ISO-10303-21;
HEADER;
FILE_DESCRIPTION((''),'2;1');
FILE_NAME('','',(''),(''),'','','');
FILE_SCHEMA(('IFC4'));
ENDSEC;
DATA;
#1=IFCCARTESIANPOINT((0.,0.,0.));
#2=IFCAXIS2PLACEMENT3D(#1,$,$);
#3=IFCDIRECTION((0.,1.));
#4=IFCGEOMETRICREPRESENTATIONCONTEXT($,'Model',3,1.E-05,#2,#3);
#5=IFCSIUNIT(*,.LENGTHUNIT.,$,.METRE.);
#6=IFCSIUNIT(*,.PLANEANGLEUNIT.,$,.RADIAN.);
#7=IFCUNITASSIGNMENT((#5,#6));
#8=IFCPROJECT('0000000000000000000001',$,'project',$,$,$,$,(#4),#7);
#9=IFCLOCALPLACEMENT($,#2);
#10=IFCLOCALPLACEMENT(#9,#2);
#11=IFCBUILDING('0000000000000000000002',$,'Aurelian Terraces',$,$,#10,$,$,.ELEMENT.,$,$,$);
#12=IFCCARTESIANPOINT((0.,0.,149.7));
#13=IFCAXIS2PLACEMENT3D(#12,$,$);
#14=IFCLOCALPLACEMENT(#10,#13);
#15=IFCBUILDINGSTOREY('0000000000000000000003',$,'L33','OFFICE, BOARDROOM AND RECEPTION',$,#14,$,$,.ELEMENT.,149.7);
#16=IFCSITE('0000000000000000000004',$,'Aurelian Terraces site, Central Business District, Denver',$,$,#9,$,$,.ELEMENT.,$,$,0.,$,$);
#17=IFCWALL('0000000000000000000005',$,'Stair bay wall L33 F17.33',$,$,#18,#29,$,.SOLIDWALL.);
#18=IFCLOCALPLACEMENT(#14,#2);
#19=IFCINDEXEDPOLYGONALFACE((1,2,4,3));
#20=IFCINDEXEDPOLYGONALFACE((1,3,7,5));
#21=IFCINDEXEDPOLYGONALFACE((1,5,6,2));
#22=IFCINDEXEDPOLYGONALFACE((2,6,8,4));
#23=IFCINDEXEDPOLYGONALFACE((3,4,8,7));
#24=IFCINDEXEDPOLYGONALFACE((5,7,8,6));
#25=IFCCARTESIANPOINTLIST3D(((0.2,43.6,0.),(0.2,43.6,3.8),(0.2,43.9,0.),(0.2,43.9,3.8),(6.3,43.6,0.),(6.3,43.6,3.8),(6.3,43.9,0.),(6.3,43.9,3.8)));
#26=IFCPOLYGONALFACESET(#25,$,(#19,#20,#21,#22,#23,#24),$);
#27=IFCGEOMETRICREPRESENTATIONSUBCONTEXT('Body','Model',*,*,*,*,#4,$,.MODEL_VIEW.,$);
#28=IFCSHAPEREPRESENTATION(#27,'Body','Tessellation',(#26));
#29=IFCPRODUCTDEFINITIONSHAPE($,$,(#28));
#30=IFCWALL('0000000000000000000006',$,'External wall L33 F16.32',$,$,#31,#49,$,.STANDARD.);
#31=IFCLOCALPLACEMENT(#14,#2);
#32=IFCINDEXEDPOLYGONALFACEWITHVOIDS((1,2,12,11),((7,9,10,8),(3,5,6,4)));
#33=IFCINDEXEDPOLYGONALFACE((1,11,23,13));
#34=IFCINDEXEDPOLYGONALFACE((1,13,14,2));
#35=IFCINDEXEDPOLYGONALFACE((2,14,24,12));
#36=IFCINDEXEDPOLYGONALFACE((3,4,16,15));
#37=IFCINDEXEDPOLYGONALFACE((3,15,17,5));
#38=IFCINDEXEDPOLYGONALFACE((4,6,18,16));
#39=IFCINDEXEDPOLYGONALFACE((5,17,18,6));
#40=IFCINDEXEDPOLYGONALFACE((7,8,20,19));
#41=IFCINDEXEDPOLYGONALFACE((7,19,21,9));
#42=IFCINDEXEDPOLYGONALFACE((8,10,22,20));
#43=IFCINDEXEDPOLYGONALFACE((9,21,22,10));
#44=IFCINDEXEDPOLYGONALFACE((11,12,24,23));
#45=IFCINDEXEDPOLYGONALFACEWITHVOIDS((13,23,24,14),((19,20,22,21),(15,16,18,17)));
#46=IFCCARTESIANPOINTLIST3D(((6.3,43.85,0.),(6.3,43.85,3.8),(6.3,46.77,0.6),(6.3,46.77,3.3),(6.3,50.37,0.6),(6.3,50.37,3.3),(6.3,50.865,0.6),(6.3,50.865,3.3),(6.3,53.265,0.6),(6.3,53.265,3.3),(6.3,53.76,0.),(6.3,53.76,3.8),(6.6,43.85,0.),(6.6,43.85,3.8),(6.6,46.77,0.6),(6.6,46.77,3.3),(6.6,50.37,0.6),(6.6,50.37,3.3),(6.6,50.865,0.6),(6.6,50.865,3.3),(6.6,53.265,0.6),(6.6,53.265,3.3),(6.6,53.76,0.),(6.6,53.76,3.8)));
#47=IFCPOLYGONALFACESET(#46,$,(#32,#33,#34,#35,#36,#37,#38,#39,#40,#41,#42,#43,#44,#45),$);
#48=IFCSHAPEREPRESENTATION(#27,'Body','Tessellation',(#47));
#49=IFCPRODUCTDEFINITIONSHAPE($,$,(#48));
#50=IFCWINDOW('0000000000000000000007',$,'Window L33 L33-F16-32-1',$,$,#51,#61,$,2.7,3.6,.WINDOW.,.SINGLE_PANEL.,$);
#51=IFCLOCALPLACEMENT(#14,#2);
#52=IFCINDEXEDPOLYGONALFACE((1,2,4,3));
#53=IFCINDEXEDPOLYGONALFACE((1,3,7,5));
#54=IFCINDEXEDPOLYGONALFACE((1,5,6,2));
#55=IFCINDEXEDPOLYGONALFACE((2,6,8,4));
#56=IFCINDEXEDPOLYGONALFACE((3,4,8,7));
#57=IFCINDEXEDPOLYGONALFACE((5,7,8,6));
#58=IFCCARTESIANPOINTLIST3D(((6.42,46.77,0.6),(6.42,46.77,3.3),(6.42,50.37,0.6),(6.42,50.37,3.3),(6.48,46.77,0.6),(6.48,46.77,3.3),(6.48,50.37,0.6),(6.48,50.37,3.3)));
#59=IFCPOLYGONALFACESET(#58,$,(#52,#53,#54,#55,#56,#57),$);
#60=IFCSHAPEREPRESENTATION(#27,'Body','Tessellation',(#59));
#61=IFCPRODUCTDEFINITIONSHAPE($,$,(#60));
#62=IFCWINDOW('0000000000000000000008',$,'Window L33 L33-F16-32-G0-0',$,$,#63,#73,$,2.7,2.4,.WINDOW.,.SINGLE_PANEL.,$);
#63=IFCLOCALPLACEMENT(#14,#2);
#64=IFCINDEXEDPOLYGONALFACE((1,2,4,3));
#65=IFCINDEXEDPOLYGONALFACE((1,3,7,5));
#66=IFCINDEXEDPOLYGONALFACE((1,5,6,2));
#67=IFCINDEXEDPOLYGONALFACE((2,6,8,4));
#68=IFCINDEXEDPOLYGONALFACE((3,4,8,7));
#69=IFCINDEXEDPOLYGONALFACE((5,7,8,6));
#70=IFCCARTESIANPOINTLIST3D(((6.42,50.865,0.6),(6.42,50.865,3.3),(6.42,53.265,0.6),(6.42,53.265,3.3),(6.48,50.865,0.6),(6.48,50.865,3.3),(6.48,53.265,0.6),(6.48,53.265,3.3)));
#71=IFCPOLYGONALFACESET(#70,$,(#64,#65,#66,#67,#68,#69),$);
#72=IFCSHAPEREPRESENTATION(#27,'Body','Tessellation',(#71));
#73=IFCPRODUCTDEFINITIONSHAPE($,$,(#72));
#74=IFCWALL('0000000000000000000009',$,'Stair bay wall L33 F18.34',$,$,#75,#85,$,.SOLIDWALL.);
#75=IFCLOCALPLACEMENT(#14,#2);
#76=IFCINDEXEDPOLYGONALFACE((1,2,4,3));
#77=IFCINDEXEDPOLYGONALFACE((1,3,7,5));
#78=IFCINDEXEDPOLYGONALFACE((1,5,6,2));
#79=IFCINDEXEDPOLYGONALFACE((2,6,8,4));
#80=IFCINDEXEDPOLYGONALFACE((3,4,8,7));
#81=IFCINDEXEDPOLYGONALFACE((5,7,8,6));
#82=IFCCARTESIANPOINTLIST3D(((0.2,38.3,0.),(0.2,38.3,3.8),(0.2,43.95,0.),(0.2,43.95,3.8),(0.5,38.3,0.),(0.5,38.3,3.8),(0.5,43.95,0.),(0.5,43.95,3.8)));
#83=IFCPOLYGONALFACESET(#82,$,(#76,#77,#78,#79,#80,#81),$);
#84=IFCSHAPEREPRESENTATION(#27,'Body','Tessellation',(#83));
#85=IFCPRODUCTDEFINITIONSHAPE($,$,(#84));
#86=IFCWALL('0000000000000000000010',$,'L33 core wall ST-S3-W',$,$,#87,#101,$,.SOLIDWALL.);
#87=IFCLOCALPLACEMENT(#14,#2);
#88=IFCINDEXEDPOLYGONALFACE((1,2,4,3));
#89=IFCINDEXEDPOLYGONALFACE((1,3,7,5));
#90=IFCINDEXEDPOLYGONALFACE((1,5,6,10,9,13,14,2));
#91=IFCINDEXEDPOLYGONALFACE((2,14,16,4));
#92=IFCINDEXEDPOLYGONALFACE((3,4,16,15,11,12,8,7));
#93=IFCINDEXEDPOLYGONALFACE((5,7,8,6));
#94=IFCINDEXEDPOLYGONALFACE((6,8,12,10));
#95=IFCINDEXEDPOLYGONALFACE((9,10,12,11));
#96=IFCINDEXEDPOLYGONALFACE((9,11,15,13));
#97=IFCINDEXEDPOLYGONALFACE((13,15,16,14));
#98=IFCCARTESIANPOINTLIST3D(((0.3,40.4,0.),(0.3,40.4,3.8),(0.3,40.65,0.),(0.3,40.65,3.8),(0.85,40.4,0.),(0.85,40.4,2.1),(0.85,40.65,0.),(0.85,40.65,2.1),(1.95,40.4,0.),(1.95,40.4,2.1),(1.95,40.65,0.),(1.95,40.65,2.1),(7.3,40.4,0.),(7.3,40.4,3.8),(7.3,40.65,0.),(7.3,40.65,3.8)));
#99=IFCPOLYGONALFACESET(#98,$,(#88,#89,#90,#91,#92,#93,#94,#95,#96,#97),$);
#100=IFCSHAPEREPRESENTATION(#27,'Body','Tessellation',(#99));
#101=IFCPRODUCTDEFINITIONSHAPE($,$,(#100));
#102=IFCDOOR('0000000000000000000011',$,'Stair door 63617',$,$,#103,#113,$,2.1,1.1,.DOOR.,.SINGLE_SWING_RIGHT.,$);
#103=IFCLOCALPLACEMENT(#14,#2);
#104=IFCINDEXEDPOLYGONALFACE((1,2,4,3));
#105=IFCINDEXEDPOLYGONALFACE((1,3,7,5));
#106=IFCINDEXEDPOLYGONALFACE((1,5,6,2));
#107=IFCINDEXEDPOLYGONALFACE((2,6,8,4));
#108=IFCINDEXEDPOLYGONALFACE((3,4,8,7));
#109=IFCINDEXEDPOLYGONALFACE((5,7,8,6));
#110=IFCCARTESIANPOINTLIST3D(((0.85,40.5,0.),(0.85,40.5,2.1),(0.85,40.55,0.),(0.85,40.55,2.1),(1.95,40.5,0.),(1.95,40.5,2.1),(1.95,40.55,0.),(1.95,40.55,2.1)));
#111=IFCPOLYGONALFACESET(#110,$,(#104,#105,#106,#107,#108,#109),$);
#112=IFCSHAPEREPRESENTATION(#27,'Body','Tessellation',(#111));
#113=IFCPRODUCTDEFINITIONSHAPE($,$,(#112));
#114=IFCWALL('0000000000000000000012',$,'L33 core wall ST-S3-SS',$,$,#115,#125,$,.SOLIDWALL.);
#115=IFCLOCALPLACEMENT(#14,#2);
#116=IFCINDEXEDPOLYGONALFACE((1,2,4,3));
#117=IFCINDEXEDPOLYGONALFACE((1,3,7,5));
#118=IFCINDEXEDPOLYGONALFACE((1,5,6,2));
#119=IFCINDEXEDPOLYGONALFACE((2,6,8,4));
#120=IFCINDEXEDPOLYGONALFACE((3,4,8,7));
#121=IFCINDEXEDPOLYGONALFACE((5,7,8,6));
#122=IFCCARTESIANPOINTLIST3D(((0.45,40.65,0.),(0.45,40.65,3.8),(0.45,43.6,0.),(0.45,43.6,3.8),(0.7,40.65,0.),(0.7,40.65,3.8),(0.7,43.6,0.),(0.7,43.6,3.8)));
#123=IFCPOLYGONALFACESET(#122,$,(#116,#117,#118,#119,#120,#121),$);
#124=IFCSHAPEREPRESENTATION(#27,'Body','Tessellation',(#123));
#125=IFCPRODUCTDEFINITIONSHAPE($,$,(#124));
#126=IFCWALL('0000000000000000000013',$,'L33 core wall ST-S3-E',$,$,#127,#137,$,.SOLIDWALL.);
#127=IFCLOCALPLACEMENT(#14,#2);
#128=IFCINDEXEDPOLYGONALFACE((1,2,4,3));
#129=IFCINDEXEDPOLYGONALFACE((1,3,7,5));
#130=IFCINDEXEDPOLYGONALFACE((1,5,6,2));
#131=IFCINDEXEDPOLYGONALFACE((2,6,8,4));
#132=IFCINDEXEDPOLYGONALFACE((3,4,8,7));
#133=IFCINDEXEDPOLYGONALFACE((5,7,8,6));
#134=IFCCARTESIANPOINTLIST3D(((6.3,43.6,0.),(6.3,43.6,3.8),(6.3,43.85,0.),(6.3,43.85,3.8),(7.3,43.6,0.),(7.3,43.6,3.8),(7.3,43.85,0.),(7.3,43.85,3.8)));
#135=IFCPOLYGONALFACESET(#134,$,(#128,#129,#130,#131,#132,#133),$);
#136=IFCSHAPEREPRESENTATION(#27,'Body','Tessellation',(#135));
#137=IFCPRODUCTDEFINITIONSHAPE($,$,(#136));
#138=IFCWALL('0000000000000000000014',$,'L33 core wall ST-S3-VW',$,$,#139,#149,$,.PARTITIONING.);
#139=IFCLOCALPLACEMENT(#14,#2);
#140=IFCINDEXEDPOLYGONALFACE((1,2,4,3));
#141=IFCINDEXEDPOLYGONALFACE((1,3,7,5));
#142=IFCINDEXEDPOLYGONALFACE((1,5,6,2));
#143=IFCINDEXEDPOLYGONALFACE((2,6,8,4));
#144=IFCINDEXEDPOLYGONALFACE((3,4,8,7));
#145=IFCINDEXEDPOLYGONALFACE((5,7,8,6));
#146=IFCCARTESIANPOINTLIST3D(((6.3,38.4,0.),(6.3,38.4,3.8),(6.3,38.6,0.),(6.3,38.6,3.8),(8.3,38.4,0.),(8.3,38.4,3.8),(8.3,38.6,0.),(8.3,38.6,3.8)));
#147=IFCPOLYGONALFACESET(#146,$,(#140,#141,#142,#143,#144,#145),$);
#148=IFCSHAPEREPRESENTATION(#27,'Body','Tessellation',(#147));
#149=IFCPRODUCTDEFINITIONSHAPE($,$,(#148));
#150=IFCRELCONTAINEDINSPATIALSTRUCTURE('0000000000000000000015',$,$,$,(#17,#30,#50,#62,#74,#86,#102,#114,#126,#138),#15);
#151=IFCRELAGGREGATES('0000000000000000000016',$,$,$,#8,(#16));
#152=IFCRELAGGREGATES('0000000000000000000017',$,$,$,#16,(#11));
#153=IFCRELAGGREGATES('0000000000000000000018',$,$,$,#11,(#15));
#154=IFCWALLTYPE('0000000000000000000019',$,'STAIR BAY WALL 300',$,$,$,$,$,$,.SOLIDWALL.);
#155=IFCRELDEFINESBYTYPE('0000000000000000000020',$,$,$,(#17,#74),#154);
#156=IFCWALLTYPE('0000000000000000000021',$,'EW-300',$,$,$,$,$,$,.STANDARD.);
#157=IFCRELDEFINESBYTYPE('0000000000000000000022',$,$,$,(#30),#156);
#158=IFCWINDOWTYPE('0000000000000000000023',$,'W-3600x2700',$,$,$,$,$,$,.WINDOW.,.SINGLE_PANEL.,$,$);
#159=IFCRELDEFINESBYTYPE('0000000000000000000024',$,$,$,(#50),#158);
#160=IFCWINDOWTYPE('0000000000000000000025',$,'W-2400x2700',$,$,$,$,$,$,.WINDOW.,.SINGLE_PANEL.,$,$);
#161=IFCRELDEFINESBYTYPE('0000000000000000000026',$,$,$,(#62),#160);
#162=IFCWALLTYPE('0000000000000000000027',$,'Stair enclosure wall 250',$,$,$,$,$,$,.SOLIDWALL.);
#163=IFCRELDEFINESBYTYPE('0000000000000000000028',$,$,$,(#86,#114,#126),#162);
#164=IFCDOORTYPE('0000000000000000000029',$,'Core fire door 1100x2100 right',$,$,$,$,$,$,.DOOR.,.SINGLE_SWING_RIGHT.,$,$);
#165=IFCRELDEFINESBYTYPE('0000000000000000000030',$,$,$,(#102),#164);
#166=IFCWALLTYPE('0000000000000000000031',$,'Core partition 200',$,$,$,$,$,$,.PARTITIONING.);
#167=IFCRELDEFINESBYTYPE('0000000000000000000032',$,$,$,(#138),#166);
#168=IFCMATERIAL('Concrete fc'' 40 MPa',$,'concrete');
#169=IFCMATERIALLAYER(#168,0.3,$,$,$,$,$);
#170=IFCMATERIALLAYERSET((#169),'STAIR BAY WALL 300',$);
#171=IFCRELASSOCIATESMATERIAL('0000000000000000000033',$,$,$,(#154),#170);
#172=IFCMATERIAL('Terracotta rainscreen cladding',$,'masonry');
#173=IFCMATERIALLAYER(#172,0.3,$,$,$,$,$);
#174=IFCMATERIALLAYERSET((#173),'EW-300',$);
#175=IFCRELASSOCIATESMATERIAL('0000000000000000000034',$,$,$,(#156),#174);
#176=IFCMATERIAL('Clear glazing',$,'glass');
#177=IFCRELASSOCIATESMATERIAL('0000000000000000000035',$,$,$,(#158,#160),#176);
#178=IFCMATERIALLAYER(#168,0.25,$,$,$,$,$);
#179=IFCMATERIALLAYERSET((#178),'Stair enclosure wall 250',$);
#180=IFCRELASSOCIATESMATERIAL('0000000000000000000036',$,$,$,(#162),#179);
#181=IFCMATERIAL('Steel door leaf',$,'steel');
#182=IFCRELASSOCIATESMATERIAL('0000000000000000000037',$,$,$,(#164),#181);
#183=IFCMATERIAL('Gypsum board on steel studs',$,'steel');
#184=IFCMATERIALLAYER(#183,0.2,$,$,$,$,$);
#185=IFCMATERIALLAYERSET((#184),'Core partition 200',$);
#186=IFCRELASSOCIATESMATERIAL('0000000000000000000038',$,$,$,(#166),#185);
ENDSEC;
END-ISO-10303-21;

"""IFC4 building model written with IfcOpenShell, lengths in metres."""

from ifc_helpers import new_model, si_unit, direction, frame, frame_2d, origin, place, context, subcontext, project, spatial, rectangle, extrude, source, transform, mapped, material, layer, layer_set, type_object, element, fill, save


model = new_model("IFC4")

# Units and contexts
model_context = context("Model", 3, precision=1e-05, world=origin(), true_north=direction((0.0, 1.0)))
body_context = subcontext(model_context, "Body", "Model", "MODEL_VIEW")
ifc_project = project(units=[si_unit("LENGTHUNIT", "METRE"), si_unit("PLANEANGLEUNIT", "RADIAN")], contexts=[model_context])

# Site, building, storey
site_placement = place(None, origin())
site = spatial("IfcSite", under=ifc_project, at=site_placement, Name="Aurelian Terraces site, Central Business District, Denver", CompositionType="ELEMENT", RefElevation=0.0)
building_placement = place(site_placement, origin())
building = spatial("IfcBuilding", under=site, at=building_placement, Name="Aurelian Terraces", CompositionType="ELEMENT")
storey_placement = place(building_placement, frame((0.0, 0.0, 149.7)))
storey = spatial("IfcBuildingStorey", under=building, at=storey_placement, Name="L33", Description="OFFICE, BOARDROOM AND RECEPTION", CompositionType="ELEMENT", Elevation=149.7)

# Wall
ifc_material_1 = material(Name="Concrete fc' 40 MPa", Category="concrete")
ifc_layer_1 = layer(ifc_material_1, 0.3)
ifc_layer_set_1 = layer_set([ifc_layer_1], Name="STAIR BAY WALL 300")
wall_type_1 = type_object("IfcWallType", Name="STAIR BAY WALL 300", PredefinedType="SOLIDWALL", material=ifc_layer_set_1)
shared_shape_1 = source(origin(), body_context, "Body", "SweptSolid", [
    extrude(rectangle(XDim=6.1, YDim=0.3, at=frame_2d((3.05, 0.0))), origin(), (0.0, 0.0, 1.0), 3.8),
])
wall_1_placement = place(storey_placement, frame((6.3, 43.75, 0.0), z_axis=(0.0, 0.0, 1.0), x_axis=(-1.0, 0.0, 0.0)))
element("IfcWall", 1, at=wall_1_placement, inside=storey, type_object=wall_type_1, Name="Stair bay wall L33 F17.33", PredefinedType="SOLIDWALL", context=body_context, shape_type="MappedRepresentation", body=[
    mapped(shared_shape_1, transform((0.0, 0.0, 0.0), scale=1.0)),
])

# Wall, openings, windows
ifc_material_2 = material(Name="Terracotta rainscreen cladding", Category="masonry")
ifc_layer_2 = layer(ifc_material_2, 0.3)
ifc_layer_set_2 = layer_set([ifc_layer_2], Name="EW-300")
wall_type_2 = type_object("IfcWallType", Name="EW-300", PredefinedType="STANDARD", material=ifc_layer_set_2)
shared_shape_2 = source(origin(), body_context, "Body", "SweptSolid", [
    extrude(rectangle(XDim=9.91, YDim=0.3, at=frame_2d((4.955, 0.0))), origin(), (0.0, 0.0, 1.0), 3.8),
])
wall_2_placement = place(storey_placement, frame((6.45, 53.76, 0.0), z_axis=(0.0, 0.0, 1.0), x_axis=(0.0, -1.0, 0.0)))
wall_2 = element("IfcWall", 2, at=wall_2_placement, inside=storey, type_object=wall_type_2, Name="External wall L33 F16.32", PredefinedType="STANDARD", context=body_context, shape_type="MappedRepresentation", body=[
    mapped(shared_shape_2, transform((0.0, 0.0, 0.0), scale=1.0)),
])
shared_shape_3 = source(origin(), body_context, "Body", "SweptSolid", [
    extrude(rectangle(XDim=3.6, YDim=2.7, at=frame_2d((1.8, 1.35))), frame((0.0, 0.16, 0.0), z_axis=(0.0, -1.0, 0.0), x_axis=(1.0, 0.0, 0.0)), (0.0, 0.0, 1.0), 0.32),
])
opening_1_placement = place(wall_2_placement, frame((3.39, 0.0, 0.6)))
opening_1 = element("IfcOpeningElement", 3, at=opening_1_placement, cuts=wall_2, PredefinedType="OPENING", context=body_context, shape_type="MappedRepresentation", body=[
    mapped(shared_shape_3, transform((0.0, 0.0, 0.0), scale=1.0)),
])
shared_shape_4 = source(origin(), body_context, "Body", "SweptSolid", [
    extrude(rectangle(XDim=2.4, YDim=2.7, at=frame_2d((1.2, 1.35))), frame((0.0, 0.16, 0.0), z_axis=(0.0, -1.0, 0.0), x_axis=(1.0, 0.0, 0.0)), (0.0, 0.0, 1.0), 0.32),
])
opening_2_placement = place(wall_2_placement, frame((0.495, 0.0, 0.6)))
opening_2 = element("IfcOpeningElement", 4, at=opening_2_placement, cuts=wall_2, PredefinedType="OPENING", context=body_context, shape_type="MappedRepresentation", body=[
    mapped(shared_shape_4, transform((0.0, 0.0, 0.0), scale=1.0)),
])
ifc_material_3 = material(Name="Clear glazing", Category="glass")
window_type_1 = type_object("IfcWindowType", Name="W-3600x2700", PartitioningType="SINGLE_PANEL", PredefinedType="WINDOW", material=ifc_material_3)
shared_shape_5 = source(origin(), body_context, "Body", "SweptSolid", [
    extrude(rectangle(XDim=3.6, YDim=2.7, at=frame_2d((1.8, 1.35))), frame((0.0, 0.03, 0.0), z_axis=(0.0, -1.0, 0.0), x_axis=(1.0, 0.0, 0.0)), (0.0, 0.0, 1.0), 0.06),
])
window_1_placement = place(opening_1_placement, origin())
window_1 = element("IfcWindow", 5, at=window_1_placement, inside=storey, type_object=window_type_1, Name="Window L33 L33-F16-32-1", OverallHeight=2.7, OverallWidth=3.6, PartitioningType="SINGLE_PANEL", PredefinedType="WINDOW", context=body_context, shape_type="MappedRepresentation", body=[
    mapped(shared_shape_5, transform((0.0, 0.0, 0.0), scale=1.0)),
])
fill(opening_1, window_1)
window_type_2 = type_object("IfcWindowType", Name="W-2400x2700", PartitioningType="SINGLE_PANEL", PredefinedType="WINDOW", material=ifc_material_3)
shared_shape_6 = source(origin(), body_context, "Body", "SweptSolid", [
    extrude(rectangle(XDim=2.4, YDim=2.7, at=frame_2d((1.2, 1.35))), frame((0.0, 0.03, 0.0), z_axis=(0.0, -1.0, 0.0), x_axis=(1.0, 0.0, 0.0)), (0.0, 0.0, 1.0), 0.06),
])
window_2_placement = place(opening_2_placement, origin())
window_2 = element("IfcWindow", 6, at=window_2_placement, inside=storey, type_object=window_type_2, Name="Window L33 L33-F16-32-G0-0", OverallHeight=2.7, OverallWidth=2.4, PartitioningType="SINGLE_PANEL", PredefinedType="WINDOW", context=body_context, shape_type="MappedRepresentation", body=[
    mapped(shared_shape_6, transform((0.0, 0.0, 0.0), scale=1.0)),
])
fill(opening_2, window_2)

# Wall
shared_shape_7 = source(origin(), body_context, "Body", "SweptSolid", [
    extrude(rectangle(XDim=5.65, YDim=0.3, at=frame_2d((2.825, 0.0))), origin(), (0.0, 0.0, 1.0), 3.8),
])
wall_3_placement = place(storey_placement, frame((0.35, 43.95, 0.0), z_axis=(0.0, 0.0, 1.0), x_axis=(0.0, -1.0, 0.0)))
element("IfcWall", 7, at=wall_3_placement, inside=storey, type_object=wall_type_1, Name="Stair bay wall L33 F18.34", PredefinedType="SOLIDWALL", context=body_context, shape_type="MappedRepresentation", body=[
    mapped(shared_shape_7, transform((0.0, 0.0, 0.0), scale=1.0)),
])

# Wall, opening, door
ifc_layer_3 = layer(ifc_material_1, 0.25)
ifc_layer_set_3 = layer_set([ifc_layer_3], Name="Stair enclosure wall 250")
wall_type_3 = type_object("IfcWallType", Name="Stair enclosure wall 250", PredefinedType="SOLIDWALL", material=ifc_layer_set_3)
shared_shape_8 = source(origin(), body_context, "Body", "SweptSolid", [
    extrude(rectangle(XDim=7.0, YDim=0.25, at=frame_2d((3.5, 0.0))), origin(), (0.0, 0.0, 1.0), 3.8),
])
wall_4_placement = place(storey_placement, frame((0.3, 40.525, 0.0), z_axis=(0.0, 0.0, 1.0), x_axis=(1.0, 0.0, 0.0)))
wall_4 = element("IfcWall", 8, at=wall_4_placement, inside=storey, type_object=wall_type_3, Name="L33 core wall ST-S3-W", PredefinedType="SOLIDWALL", context=body_context, shape_type="MappedRepresentation", body=[
    mapped(shared_shape_8, transform((0.0, 0.0, 0.0), scale=1.0)),
])
shared_shape_9 = source(origin(), body_context, "Body", "SweptSolid", [
    extrude(rectangle(XDim=1.1, YDim=2.1, at=frame_2d((0.55, 1.05))), frame((0.0, 0.135, 0.0), z_axis=(0.0, -1.0, 0.0), x_axis=(1.0, 0.0, 0.0)), (0.0, 0.0, 1.0), 0.27),
])
opening_3_placement = place(wall_4_placement, frame((0.55, 0.0, 0.0)))
opening_3 = element("IfcOpeningElement", 9, at=opening_3_placement, cuts=wall_4, PredefinedType="OPENING", context=body_context, shape_type="MappedRepresentation", body=[
    mapped(shared_shape_9, transform((0.0, 0.0, 0.0), scale=1.0)),
])
ifc_material_4 = material(Name="Steel door leaf", Category="steel")
door_type = type_object("IfcDoorType", Name="Core fire door 1100x2100 right", OperationType="SINGLE_SWING_RIGHT", PredefinedType="DOOR", material=ifc_material_4)
shared_shape_10 = source(origin(), body_context, "Body", "SweptSolid", [
    extrude(rectangle(XDim=1.1, YDim=2.1, at=frame_2d((0.55, 1.05))), frame((0.0, 0.025, 0.0), z_axis=(0.0, -1.0, 0.0), x_axis=(1.0, 0.0, 0.0)), (0.0, 0.0, 1.0), 0.05),
])
door_placement = place(opening_3_placement, origin())
door = element("IfcDoor", 10, at=door_placement, inside=storey, type_object=door_type, Name="Stair door 63617", OperationType="SINGLE_SWING_RIGHT", OverallHeight=2.1, OverallWidth=1.1, PredefinedType="DOOR", context=body_context, shape_type="MappedRepresentation", body=[
    mapped(shared_shape_10, transform((0.0, 0.0, 0.0), scale=1.0)),
])
fill(opening_3, door)

# Walls
shared_shape_11 = source(origin(), body_context, "Body", "SweptSolid", [
    extrude(rectangle(XDim=2.95, YDim=0.25, at=frame_2d((1.475, 0.0))), origin(), (0.0, 0.0, 1.0), 3.8),
])
wall_5_placement = place(storey_placement, frame((0.575, 40.65, 0.0), z_axis=(0.0, 0.0, 1.0), x_axis=(0.0, 1.0, 0.0)))
element("IfcWall", 11, at=wall_5_placement, inside=storey, type_object=wall_type_3, Name="L33 core wall ST-S3-SS", PredefinedType="SOLIDWALL", context=body_context, shape_type="MappedRepresentation", body=[
    mapped(shared_shape_11, transform((0.0, 0.0, 0.0), scale=1.0)),
])
shared_shape_12 = source(origin(), body_context, "Body", "SweptSolid", [
    extrude(rectangle(XDim=1.0, YDim=0.25, at=frame_2d((0.5, 0.0))), origin(), (0.0, 0.0, 1.0), 3.8),
])
wall_6_placement = place(storey_placement, frame((6.3, 43.725, 0.0), z_axis=(0.0, 0.0, 1.0), x_axis=(1.0, 0.0, 0.0)))
element("IfcWall", 12, at=wall_6_placement, inside=storey, type_object=wall_type_3, Name="L33 core wall ST-S3-E", PredefinedType="SOLIDWALL", context=body_context, shape_type="MappedRepresentation", body=[
    mapped(shared_shape_12, transform((0.0, 0.0, 0.0), scale=1.0)),
])
ifc_material_5 = material(Name="Gypsum board on steel studs", Category="steel")
ifc_layer_4 = layer(ifc_material_5, 0.2)
ifc_layer_set_4 = layer_set([ifc_layer_4], Name="Core partition 200")
wall_type_4 = type_object("IfcWallType", Name="Core partition 200", PredefinedType="PARTITIONING", material=ifc_layer_set_4)
shared_shape_13 = source(origin(), body_context, "Body", "SweptSolid", [
    extrude(rectangle(XDim=2.0, YDim=0.2, at=frame_2d((1.0, 0.0))), origin(), (0.0, 0.0, 1.0), 3.8),
])
wall_7_placement = place(storey_placement, frame((6.3, 38.5, 0.0), z_axis=(0.0, 0.0, 1.0), x_axis=(1.0, 0.0, 0.0)))
element("IfcWall", 13, at=wall_7_placement, inside=storey, type_object=wall_type_4, Name="L33 core wall ST-S3-VW", PredefinedType="PARTITIONING", context=body_context, shape_type="MappedRepresentation", body=[
    mapped(shared_shape_13, transform((0.0, 0.0, 0.0), scale=1.0)),
])

save(model, "model.ifc")
